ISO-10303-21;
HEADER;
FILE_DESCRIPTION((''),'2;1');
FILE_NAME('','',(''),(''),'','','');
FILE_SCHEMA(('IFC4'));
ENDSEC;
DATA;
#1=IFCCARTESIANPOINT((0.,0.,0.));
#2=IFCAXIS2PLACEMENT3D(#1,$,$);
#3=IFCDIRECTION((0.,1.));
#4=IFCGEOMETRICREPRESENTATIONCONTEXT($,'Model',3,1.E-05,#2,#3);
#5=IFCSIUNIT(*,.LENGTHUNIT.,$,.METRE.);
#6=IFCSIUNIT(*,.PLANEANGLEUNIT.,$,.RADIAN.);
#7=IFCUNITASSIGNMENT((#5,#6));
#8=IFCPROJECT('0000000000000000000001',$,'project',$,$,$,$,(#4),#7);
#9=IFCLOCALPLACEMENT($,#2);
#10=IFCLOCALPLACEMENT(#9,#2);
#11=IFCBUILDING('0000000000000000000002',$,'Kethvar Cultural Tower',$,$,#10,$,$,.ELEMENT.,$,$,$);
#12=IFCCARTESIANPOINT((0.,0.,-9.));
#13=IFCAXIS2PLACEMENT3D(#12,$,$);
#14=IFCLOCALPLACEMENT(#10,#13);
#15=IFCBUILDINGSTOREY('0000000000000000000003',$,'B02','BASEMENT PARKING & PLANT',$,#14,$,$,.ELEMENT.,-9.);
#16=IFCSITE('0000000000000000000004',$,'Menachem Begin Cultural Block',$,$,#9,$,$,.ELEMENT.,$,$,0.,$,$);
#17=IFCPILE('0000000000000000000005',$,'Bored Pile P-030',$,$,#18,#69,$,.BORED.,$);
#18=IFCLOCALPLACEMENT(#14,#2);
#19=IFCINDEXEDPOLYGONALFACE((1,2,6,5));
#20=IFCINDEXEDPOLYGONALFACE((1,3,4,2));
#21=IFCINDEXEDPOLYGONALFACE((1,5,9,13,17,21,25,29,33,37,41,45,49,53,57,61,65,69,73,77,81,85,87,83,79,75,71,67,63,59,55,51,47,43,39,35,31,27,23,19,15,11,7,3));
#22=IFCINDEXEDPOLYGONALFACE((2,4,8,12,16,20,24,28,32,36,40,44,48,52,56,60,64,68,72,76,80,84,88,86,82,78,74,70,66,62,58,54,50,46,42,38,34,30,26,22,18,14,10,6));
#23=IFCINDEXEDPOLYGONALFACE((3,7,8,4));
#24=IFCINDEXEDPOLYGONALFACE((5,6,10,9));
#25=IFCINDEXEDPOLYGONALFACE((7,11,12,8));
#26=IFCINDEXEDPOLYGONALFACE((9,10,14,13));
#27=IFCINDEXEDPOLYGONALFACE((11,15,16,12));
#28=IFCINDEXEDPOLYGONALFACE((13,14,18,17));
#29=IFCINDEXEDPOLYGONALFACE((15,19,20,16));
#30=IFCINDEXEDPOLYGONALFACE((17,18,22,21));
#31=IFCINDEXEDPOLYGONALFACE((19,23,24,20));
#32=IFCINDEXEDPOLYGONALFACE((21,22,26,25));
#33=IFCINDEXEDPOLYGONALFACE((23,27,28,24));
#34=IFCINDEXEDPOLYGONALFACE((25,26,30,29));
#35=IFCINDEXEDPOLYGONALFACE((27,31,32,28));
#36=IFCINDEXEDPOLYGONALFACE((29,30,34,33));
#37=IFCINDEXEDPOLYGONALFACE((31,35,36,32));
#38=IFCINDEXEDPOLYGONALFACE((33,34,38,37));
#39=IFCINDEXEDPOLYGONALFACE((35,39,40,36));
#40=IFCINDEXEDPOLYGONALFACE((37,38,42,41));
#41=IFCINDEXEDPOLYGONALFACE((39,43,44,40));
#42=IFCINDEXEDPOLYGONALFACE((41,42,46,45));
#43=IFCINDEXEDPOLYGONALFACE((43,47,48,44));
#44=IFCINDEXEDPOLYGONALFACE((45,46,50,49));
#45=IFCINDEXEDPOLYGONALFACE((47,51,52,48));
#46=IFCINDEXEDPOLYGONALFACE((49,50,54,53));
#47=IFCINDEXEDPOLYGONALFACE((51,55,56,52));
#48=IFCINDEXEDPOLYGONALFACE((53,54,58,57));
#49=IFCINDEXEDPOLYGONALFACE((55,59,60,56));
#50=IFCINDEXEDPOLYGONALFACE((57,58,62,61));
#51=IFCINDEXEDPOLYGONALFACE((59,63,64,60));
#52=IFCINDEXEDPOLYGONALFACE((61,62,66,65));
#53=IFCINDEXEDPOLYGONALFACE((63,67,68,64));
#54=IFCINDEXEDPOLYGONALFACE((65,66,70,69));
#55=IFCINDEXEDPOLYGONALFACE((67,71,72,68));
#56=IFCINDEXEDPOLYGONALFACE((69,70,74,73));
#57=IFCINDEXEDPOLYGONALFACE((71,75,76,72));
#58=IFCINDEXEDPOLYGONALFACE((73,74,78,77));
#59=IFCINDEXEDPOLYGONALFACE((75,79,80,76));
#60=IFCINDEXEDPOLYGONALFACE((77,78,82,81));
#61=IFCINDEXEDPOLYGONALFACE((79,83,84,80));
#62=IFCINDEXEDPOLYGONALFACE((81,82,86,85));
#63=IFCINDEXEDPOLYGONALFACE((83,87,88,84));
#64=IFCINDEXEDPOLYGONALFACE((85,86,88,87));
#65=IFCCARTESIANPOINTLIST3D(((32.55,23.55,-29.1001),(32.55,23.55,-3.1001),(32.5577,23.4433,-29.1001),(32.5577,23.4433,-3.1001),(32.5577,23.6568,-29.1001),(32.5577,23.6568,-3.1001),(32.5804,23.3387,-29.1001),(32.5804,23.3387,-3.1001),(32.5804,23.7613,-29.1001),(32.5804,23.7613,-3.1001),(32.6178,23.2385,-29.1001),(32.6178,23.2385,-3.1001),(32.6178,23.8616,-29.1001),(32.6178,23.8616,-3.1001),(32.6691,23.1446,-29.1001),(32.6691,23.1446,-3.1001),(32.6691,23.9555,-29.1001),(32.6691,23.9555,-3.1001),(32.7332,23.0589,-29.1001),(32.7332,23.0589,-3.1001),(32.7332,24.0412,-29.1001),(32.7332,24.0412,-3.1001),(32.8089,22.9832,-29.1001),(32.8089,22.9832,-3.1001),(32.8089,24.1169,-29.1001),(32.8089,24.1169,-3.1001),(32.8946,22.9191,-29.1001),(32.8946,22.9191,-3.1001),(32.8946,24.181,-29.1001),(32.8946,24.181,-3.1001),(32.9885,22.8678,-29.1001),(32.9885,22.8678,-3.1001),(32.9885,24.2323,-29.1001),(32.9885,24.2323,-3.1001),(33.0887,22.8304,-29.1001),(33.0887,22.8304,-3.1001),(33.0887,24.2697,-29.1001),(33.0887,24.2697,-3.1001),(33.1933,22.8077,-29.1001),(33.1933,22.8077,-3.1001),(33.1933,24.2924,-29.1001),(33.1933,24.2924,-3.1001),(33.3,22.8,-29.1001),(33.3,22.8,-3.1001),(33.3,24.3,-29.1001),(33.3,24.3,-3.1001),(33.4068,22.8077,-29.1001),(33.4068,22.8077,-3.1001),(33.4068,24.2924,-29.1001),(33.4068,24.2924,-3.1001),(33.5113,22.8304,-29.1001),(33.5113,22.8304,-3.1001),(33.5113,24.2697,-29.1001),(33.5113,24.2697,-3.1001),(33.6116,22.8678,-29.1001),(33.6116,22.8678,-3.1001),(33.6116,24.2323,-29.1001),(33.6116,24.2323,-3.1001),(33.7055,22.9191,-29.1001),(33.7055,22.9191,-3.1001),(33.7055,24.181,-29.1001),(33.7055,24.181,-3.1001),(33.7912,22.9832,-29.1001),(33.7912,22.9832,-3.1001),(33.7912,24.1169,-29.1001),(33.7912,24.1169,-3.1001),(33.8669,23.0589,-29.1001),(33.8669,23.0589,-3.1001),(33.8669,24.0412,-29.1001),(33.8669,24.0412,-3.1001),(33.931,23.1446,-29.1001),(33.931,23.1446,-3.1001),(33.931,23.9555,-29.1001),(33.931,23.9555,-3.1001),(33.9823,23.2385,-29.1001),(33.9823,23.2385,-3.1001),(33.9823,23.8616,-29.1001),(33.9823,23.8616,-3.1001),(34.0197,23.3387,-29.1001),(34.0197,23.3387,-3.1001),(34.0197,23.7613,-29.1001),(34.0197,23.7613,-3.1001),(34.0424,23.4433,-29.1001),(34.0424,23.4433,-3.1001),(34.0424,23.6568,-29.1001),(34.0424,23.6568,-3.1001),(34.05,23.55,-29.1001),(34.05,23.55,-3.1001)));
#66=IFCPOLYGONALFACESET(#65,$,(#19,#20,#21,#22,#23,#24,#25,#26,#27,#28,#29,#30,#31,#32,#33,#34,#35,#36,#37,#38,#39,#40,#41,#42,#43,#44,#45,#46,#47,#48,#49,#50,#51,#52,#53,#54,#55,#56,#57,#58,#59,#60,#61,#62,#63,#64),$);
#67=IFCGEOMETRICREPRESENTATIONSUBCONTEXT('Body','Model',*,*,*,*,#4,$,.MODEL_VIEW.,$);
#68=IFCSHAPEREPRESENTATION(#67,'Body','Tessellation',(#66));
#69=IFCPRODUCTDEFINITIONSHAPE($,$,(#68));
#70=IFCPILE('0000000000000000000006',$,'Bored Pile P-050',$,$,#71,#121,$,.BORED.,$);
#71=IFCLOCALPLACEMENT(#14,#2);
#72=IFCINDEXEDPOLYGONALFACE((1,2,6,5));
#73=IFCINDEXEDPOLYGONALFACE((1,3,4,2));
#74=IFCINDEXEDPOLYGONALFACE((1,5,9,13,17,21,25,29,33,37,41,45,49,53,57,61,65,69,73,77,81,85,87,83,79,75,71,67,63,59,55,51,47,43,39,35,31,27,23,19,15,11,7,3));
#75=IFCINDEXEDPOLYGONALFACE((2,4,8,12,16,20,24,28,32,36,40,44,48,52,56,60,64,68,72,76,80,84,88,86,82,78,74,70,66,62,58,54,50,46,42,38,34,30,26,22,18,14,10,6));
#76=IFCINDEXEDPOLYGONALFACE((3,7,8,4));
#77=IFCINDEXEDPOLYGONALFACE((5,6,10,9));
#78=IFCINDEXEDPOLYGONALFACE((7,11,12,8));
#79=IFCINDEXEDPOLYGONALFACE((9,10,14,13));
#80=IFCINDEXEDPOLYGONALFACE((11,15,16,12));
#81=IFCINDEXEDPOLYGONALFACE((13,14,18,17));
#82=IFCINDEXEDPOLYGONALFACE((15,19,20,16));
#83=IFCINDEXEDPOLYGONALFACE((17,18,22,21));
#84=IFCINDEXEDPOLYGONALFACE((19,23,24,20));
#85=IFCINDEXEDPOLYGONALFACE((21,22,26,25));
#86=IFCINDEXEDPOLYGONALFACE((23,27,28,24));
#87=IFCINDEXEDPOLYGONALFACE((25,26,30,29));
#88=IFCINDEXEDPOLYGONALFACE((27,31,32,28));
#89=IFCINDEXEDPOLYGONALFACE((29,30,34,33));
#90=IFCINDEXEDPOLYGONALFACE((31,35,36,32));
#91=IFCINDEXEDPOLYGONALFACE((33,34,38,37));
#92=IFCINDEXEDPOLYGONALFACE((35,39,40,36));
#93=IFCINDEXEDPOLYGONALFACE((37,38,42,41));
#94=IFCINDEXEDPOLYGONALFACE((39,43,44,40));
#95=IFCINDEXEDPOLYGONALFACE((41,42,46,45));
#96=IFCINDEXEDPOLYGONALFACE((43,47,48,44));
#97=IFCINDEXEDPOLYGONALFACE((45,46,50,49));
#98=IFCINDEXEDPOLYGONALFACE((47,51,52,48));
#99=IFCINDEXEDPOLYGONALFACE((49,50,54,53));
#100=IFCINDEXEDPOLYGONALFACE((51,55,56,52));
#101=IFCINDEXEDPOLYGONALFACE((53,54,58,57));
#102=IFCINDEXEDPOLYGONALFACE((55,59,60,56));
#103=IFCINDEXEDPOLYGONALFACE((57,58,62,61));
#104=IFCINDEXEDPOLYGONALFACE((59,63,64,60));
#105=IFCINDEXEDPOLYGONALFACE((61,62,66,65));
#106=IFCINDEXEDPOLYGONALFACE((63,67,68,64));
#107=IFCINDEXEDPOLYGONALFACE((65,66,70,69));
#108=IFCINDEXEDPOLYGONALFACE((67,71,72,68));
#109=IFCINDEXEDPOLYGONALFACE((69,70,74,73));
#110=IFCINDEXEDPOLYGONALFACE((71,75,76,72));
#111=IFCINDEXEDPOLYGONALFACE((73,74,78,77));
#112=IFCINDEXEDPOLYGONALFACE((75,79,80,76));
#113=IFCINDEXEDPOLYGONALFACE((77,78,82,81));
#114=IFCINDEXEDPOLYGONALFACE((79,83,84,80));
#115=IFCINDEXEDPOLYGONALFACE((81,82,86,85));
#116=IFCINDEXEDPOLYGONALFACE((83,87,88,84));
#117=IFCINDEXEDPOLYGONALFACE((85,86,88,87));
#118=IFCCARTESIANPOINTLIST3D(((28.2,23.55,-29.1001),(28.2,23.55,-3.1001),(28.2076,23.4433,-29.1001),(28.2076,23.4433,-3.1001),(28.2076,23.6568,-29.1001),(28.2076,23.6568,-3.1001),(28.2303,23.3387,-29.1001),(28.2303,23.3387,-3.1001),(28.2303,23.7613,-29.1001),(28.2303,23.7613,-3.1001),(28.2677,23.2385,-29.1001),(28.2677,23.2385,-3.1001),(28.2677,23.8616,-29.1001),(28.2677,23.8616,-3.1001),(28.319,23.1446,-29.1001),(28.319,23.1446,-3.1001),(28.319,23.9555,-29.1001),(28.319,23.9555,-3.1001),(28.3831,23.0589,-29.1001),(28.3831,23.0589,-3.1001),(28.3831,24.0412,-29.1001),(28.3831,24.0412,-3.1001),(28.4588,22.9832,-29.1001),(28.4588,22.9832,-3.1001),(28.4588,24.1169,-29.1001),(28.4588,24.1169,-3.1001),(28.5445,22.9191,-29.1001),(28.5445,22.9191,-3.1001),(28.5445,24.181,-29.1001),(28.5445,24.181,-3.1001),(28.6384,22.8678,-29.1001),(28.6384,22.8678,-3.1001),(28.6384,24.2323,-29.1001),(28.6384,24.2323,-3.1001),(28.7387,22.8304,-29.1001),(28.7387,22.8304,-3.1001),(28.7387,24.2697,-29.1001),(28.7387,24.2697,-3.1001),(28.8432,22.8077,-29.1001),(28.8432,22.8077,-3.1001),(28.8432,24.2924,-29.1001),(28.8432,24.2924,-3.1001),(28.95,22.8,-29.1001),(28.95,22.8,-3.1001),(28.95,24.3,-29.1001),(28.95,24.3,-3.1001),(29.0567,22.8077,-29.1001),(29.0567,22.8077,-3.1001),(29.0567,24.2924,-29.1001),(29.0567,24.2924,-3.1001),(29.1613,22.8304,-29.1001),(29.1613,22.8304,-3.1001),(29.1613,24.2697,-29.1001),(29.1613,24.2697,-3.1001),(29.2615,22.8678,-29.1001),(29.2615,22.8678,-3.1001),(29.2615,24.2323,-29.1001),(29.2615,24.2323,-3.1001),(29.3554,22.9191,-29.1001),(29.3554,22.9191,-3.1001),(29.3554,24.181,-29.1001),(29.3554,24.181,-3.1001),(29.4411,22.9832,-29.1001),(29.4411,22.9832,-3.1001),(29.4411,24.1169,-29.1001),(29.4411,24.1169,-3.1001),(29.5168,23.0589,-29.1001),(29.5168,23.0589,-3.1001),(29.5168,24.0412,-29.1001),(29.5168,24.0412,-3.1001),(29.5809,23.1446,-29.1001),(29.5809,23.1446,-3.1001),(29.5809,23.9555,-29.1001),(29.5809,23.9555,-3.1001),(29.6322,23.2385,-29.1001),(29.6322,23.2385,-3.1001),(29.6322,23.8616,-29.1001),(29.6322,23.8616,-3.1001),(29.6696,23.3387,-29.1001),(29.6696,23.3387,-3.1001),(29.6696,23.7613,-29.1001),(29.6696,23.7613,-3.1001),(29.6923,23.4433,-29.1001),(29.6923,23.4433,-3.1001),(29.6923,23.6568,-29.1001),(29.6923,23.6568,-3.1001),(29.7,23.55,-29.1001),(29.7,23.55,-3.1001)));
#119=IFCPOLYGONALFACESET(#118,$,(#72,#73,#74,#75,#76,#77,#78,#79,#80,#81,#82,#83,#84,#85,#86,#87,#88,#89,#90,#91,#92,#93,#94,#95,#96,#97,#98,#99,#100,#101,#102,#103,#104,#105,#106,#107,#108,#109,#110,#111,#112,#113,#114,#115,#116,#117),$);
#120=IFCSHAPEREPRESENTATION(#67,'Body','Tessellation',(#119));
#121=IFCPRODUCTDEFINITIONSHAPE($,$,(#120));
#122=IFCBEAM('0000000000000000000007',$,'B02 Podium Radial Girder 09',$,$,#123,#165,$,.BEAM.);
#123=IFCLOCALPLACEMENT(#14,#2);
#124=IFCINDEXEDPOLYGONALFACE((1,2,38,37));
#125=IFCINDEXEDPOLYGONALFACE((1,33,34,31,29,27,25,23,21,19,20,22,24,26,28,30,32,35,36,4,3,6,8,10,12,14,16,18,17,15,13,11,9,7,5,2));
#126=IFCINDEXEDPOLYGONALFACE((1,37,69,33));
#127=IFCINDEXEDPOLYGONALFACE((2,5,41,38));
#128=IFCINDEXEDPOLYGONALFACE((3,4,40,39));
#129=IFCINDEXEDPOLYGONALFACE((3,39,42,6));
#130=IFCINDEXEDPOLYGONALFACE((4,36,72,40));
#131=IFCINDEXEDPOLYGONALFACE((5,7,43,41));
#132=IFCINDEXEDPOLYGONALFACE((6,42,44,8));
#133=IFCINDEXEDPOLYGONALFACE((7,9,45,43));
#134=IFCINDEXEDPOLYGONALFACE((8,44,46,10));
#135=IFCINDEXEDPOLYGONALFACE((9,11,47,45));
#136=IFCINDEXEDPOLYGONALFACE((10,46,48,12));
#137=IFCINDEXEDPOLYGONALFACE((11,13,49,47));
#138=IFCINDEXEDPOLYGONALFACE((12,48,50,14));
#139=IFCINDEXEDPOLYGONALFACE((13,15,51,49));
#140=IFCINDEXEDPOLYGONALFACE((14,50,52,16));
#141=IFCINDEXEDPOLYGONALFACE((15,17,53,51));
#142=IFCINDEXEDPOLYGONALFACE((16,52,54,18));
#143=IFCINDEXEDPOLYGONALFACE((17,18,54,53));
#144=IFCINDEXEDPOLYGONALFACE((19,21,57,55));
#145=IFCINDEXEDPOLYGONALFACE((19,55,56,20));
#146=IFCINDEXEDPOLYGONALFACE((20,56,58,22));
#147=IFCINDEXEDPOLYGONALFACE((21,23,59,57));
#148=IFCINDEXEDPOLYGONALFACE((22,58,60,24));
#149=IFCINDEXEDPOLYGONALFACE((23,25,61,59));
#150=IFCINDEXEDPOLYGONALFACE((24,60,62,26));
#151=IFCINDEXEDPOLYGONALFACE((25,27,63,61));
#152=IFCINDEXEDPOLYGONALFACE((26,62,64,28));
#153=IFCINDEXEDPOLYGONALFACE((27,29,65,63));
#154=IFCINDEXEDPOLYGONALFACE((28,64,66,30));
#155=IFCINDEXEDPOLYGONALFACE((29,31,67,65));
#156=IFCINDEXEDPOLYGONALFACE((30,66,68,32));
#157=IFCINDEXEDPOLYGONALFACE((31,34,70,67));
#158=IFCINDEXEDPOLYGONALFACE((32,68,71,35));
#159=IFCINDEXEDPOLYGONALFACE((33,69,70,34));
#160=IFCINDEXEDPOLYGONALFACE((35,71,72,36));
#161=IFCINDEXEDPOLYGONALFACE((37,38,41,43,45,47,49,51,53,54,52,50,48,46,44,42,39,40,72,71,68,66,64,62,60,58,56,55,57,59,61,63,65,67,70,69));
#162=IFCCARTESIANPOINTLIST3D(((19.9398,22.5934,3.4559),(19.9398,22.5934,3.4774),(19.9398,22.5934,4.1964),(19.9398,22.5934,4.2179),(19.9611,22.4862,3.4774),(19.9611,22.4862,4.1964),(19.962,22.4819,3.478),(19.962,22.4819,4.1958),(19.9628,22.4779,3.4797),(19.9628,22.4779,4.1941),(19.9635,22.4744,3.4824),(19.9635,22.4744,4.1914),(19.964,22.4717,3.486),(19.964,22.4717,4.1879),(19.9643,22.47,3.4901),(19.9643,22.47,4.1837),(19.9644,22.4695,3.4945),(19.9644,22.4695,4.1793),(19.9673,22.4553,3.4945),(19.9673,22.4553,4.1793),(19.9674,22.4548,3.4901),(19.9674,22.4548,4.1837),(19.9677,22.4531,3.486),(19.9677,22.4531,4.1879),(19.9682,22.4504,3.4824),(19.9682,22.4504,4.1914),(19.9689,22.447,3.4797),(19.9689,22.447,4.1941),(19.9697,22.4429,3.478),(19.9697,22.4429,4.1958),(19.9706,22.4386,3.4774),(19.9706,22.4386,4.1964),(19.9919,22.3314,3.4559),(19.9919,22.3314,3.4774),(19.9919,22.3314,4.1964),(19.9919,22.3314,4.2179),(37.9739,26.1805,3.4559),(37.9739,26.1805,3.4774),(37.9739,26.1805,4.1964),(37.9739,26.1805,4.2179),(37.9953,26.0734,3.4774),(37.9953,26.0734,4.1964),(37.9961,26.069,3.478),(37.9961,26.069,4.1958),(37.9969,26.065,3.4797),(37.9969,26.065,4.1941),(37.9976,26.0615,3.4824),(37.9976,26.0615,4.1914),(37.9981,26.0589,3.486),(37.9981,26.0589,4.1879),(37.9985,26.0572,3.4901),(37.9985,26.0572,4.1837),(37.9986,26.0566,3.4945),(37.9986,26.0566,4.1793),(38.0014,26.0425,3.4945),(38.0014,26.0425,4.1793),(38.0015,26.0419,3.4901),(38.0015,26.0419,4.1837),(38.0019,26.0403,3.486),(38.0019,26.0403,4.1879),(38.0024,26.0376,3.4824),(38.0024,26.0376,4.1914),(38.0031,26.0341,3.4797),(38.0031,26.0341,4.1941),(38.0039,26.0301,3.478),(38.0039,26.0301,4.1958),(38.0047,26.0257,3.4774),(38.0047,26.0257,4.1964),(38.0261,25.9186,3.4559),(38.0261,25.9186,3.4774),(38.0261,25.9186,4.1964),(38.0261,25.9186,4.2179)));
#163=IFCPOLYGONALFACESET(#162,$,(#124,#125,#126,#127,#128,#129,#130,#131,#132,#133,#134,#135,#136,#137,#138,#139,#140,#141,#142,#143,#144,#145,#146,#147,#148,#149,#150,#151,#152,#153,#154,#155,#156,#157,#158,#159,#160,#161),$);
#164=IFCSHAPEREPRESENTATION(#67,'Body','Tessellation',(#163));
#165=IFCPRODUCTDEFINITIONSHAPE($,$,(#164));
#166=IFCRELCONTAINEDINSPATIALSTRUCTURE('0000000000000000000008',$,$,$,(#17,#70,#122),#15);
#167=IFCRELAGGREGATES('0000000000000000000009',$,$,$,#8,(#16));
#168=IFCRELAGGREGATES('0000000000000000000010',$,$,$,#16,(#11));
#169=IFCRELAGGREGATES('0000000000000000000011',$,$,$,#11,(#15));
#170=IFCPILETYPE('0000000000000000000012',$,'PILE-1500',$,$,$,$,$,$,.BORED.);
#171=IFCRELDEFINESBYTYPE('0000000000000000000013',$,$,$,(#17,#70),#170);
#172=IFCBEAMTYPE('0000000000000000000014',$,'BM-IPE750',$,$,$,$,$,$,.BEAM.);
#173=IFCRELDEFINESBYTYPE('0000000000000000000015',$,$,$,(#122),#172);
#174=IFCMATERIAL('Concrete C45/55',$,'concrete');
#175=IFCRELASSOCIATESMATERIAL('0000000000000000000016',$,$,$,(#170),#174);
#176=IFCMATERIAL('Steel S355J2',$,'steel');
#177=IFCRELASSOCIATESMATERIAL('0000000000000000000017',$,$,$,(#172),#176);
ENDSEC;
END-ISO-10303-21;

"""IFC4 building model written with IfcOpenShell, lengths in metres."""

from ifc_helpers import new_model, si_unit, direction, frame, origin, origin_2d, place, context, subcontext, project, spatial, circle, i_section, extrude, source, transform, mapped, material, material_profile, profile_set, type_object, element, save


model = new_model("IFC4")

# Units and contexts
model_context = context("Model", 3, precision=1e-05, world=origin(), true_north=direction((0.0, 1.0)))
body_context = subcontext(model_context, "Body", "Model", "MODEL_VIEW")
ifc_project = project(units=[si_unit("LENGTHUNIT", "METRE"), si_unit("PLANEANGLEUNIT", "RADIAN")], contexts=[model_context])

# Site, building, storey
site_placement = place(None, origin())
site = spatial("IfcSite", under=ifc_project, at=site_placement, Name="Menachem Begin Cultural Block", CompositionType="ELEMENT", RefElevation=0.0)
building_placement = place(site_placement, origin())
building = spatial("IfcBuilding", under=site, at=building_placement, Name="Kethvar Cultural Tower", CompositionType="ELEMENT")
storey_placement = place(building_placement, frame((0.0, 0.0, -9.0)))
storey = spatial("IfcBuildingStorey", under=building, at=storey_placement, Name="B02", Description="BASEMENT PARKING & PLANT", CompositionType="ELEMENT", Elevation=-9.0)

# Piles
ifc_material_1 = material(Name="Concrete C45/55", Category="concrete")
ifc_material_profile_1 = material_profile(ifc_material_1, circle(Radius=0.75, at=origin_2d()), Name="Concrete C45/55 — PILE1500")
ifc_profile_set_1 = profile_set([ifc_material_profile_1], Name="Concrete C45/55 — PILE1500")
pile_type = type_object("IfcPileType", Name="PILE-1500", PredefinedType="BORED", material=ifc_profile_set_1)
shared_shape_1 = source(origin(), body_context, "Body", "SweptSolid", [
    extrude(circle(Radius=0.75, at=origin_2d()), origin(), (0.0, 0.0, 1.0), 26.0),
])
for number, where, z_axis, x_axis, name in (
    (1, (33.3, 23.55, -3.1001), (0.0, 0.0, -1.0), (1.0, 0.0, 0.0), "Bored Pile P-030"),
    (2, (28.95, 23.55, -3.1001), (0.0, 0.0, -1.0), (1.0, 0.0, 0.0), "Bored Pile P-050"),
):
    element("IfcPile", number, at=place(storey_placement, frame(where, z_axis=z_axis, x_axis=x_axis)), inside=storey, type_object=pile_type, Name=name, PredefinedType="BORED", context=body_context, shape_type="MappedRepresentation", body=[
        mapped(shared_shape_1, transform((0.0, 0.0, 0.0), scale=1.0)),
    ])

# Beam
ifc_material_2 = material(Name="Steel S355J2", Category="steel")
ifc_material_profile_2 = material_profile(ifc_material_2, i_section(OverallWidth=0.2671, OverallDepth=0.762, WebThickness=0.0144, FlangeThickness=0.0215, FilletRadius=0.0171, at=origin_2d()), Name="Steel S355J2 — IPE750x173")
ifc_profile_set_2 = profile_set([ifc_material_profile_2], Name="Steel S355J2 — IPE750x173")
beam_type = type_object("IfcBeamType", Name="BM-IPE750", PredefinedType="BEAM", material=ifc_profile_set_2)
shared_shape_2 = source(origin(), body_context, "Body", "SweptSolid", [
    extrude(i_section(OverallWidth=0.2671, OverallDepth=0.762, WebThickness=0.0144, FlangeThickness=0.0215, FilletRadius=0.0171, at=origin_2d()), origin(), (0.0, 0.0, 1.0), 18.3875),
])
beam_1_placement = place(storey_placement, frame((38.0, 26.0496, 3.8369), z_axis=(-0.980786, -0.195087, 0.0), x_axis=(0.195087, -0.980786, 0.0)))
element("IfcBeam", 3, at=beam_1_placement, inside=storey, type_object=beam_type, Name="B02 Podium Radial Girder 09", PredefinedType="BEAM", context=body_context, shape_type="MappedRepresentation", body=[
    mapped(shared_shape_2, transform((0.0, 0.0, 0.0), scale=1.0)),
])

save(model, "model.ifc")
